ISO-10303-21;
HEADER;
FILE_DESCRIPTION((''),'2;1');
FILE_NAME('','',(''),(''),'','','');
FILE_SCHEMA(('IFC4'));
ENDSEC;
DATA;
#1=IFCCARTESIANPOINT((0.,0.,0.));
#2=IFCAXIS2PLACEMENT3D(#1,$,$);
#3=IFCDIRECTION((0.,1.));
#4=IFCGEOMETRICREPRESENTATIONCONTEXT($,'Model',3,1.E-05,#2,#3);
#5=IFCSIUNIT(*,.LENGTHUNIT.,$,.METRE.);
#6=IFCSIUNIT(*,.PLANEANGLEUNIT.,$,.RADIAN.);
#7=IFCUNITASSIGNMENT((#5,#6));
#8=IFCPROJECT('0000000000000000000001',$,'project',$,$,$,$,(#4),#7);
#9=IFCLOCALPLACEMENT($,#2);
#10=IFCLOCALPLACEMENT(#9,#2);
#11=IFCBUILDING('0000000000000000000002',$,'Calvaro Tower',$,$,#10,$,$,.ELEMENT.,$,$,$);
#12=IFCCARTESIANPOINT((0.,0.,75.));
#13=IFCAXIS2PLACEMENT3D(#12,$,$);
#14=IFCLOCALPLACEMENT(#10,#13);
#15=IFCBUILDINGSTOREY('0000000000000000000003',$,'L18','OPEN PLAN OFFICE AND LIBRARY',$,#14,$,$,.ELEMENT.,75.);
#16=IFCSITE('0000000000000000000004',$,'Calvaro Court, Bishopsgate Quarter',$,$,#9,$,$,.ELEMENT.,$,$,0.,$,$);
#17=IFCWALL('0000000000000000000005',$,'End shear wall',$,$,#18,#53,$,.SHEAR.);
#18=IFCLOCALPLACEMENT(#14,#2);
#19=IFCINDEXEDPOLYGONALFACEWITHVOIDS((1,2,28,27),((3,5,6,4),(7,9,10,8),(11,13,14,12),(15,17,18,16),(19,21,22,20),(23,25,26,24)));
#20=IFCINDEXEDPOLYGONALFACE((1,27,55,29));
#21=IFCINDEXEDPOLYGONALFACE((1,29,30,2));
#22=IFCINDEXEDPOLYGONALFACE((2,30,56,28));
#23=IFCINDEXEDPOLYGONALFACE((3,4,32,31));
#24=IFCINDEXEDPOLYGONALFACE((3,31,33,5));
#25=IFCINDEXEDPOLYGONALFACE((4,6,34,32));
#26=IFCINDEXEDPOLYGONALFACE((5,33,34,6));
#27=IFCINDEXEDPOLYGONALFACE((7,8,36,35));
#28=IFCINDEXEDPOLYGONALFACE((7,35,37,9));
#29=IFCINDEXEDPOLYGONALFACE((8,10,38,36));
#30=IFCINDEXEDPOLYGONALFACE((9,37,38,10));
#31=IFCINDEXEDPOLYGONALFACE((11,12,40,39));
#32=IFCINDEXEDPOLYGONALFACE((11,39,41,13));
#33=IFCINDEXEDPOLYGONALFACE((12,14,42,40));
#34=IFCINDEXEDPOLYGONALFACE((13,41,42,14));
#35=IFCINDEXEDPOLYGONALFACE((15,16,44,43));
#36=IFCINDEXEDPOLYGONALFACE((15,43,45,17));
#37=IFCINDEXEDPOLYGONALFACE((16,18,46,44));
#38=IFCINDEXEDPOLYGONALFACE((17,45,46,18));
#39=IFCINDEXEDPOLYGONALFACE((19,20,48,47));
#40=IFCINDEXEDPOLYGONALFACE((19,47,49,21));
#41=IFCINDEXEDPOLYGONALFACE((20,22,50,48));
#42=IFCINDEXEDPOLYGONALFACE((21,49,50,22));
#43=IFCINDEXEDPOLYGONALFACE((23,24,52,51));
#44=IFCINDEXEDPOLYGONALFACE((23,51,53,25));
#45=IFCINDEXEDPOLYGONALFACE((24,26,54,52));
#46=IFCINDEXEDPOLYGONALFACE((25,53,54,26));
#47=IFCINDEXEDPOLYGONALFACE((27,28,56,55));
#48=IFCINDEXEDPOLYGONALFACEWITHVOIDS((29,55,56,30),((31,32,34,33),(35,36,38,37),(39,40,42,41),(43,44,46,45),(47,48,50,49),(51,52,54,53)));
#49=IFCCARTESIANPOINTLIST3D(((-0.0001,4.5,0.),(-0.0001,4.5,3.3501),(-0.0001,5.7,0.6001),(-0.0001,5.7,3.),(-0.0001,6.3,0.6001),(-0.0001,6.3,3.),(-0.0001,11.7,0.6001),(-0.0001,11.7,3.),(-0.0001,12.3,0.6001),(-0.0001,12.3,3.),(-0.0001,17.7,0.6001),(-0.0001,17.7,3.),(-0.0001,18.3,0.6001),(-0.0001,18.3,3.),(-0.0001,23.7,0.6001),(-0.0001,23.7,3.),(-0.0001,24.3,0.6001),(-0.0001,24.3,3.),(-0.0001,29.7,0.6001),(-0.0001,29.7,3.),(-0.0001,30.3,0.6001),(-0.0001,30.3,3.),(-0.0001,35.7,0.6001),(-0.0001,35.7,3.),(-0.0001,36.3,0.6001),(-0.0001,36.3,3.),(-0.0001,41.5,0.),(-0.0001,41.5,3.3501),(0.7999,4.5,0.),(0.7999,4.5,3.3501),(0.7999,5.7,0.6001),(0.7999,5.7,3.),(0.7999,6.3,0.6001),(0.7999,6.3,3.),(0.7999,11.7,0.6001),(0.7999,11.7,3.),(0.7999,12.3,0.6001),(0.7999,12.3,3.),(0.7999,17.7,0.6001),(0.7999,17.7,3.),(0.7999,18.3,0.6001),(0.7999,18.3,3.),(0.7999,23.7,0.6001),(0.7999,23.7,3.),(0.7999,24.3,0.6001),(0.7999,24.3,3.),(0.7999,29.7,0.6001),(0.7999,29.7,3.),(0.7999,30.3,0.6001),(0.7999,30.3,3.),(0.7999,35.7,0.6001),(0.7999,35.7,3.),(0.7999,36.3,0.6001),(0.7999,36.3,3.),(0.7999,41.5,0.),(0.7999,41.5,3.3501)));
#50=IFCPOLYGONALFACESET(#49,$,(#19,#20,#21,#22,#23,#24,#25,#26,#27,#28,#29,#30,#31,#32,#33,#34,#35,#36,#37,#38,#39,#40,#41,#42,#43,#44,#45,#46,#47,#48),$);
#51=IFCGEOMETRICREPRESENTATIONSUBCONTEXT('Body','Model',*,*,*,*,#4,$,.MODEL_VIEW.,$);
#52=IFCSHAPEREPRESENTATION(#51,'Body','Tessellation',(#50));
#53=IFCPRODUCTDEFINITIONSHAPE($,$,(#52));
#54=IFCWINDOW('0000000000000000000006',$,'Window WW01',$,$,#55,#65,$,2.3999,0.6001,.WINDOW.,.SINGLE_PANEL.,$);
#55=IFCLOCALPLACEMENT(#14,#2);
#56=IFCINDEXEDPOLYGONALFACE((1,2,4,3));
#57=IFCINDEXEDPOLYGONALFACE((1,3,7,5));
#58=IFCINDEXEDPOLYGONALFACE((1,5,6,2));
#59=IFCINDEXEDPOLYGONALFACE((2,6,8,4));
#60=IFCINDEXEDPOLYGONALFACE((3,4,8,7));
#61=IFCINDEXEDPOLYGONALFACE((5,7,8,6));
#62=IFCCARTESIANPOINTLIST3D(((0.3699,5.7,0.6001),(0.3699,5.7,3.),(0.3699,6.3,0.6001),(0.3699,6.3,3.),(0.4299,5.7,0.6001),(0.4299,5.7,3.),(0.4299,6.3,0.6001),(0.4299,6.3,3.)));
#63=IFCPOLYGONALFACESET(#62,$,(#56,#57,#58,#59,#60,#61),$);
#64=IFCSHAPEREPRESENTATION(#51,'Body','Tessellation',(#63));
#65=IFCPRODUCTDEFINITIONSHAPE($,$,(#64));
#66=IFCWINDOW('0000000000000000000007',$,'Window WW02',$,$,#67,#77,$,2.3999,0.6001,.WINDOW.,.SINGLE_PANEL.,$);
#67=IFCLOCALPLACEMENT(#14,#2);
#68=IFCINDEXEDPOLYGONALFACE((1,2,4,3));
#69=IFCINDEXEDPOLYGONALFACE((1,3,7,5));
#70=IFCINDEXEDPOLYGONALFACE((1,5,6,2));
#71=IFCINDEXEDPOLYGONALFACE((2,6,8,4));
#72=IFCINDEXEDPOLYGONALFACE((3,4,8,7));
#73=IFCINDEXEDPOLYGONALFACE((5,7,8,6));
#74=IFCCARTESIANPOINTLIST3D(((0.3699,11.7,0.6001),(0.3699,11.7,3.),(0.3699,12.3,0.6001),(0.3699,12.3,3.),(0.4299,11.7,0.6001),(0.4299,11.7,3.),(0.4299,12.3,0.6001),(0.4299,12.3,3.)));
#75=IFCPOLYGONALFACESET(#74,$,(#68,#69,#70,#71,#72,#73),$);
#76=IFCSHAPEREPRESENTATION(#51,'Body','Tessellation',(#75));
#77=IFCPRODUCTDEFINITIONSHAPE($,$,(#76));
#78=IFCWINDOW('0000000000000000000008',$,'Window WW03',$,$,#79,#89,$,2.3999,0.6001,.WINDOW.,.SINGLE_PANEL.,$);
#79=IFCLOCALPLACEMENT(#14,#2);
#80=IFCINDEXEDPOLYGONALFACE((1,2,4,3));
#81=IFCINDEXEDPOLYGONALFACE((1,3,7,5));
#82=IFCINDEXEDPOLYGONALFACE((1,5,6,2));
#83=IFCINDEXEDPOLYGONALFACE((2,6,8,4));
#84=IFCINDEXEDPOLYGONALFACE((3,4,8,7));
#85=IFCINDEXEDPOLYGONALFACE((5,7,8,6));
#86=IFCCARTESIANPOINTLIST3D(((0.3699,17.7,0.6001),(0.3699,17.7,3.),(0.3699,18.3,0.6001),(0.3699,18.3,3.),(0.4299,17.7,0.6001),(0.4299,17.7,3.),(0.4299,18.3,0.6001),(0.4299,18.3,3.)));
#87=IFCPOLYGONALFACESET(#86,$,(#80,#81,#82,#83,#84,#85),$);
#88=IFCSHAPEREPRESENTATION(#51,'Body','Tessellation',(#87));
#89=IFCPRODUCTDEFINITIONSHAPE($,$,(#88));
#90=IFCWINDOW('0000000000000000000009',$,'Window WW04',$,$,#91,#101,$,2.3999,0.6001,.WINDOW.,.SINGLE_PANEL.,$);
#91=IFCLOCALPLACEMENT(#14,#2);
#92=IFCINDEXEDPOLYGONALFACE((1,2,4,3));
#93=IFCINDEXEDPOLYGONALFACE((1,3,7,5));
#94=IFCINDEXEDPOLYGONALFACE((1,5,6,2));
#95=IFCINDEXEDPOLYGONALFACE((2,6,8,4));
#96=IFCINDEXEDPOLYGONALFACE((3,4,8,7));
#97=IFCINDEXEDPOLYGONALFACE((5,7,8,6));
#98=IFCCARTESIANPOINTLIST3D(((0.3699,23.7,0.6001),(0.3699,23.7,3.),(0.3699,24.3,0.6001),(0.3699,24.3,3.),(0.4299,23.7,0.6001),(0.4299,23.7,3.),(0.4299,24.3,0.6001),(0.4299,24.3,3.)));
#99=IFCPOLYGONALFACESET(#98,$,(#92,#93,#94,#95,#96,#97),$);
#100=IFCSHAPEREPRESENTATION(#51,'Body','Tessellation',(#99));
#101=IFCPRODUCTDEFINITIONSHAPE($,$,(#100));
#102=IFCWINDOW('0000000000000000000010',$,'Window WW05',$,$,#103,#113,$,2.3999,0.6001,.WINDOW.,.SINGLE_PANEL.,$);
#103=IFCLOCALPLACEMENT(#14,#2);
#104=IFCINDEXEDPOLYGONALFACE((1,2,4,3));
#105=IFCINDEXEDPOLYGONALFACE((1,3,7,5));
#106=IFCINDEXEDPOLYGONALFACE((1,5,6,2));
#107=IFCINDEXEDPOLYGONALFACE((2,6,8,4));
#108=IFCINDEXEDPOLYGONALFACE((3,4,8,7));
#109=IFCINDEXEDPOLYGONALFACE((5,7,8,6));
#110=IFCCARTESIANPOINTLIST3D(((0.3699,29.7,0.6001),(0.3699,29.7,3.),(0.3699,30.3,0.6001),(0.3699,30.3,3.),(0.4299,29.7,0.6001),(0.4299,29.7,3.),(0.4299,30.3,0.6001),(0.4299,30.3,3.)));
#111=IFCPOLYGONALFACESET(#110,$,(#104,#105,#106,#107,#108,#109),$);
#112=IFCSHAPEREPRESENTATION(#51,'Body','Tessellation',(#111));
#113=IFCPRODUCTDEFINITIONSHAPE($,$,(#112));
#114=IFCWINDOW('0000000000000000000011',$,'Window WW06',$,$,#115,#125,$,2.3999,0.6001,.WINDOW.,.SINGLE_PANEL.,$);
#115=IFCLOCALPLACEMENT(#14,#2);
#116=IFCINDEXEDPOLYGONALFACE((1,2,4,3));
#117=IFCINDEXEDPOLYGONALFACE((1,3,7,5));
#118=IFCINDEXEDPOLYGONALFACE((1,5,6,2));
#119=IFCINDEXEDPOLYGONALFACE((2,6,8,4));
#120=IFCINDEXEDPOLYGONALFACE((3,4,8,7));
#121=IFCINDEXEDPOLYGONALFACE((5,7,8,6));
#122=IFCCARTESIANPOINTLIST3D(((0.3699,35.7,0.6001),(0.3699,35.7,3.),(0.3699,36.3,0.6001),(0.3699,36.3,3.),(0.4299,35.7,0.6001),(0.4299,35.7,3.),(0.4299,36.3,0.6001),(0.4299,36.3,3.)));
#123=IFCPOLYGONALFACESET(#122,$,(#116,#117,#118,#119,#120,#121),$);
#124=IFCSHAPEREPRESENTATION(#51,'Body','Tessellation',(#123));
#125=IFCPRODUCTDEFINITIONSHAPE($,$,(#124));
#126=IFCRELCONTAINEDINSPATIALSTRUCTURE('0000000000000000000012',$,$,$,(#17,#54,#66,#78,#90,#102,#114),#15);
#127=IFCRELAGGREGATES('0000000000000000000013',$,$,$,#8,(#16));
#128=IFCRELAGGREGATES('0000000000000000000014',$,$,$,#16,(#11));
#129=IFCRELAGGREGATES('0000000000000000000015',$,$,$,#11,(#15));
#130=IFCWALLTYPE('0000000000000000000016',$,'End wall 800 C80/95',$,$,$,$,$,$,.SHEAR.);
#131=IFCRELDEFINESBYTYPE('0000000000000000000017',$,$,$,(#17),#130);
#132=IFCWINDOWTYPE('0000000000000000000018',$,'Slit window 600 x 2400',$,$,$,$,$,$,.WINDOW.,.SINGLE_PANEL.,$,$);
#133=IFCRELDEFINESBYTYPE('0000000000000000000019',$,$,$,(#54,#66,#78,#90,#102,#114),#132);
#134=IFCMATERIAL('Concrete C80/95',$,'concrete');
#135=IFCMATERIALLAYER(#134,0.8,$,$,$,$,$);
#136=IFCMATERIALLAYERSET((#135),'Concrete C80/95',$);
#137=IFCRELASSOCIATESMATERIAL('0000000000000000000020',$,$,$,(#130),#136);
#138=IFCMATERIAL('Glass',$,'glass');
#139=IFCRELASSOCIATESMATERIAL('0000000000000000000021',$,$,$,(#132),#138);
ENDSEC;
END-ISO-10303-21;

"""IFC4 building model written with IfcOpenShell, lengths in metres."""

from ifc_helpers import new_model, si_unit, direction, frame, frame_2d, origin, place, context, subcontext, project, spatial, rectangle, extrude, material, layer, layer_set, type_object, element, fill, save


model = new_model("IFC4")

# Units and contexts
model_context = context("Model", 3, precision=1e-05, world=origin(), true_north=direction((0.0, 1.0)))
body_context = subcontext(model_context, "Body", "Model", "MODEL_VIEW")
ifc_project = project(units=[si_unit("LENGTHUNIT", "METRE"), si_unit("PLANEANGLEUNIT", "RADIAN")], contexts=[model_context])

# Site, building, storey
site_placement = place(None, origin())
site = spatial("IfcSite", under=ifc_project, at=site_placement, Name="Calvaro Court, Bishopsgate Quarter", CompositionType="ELEMENT", RefElevation=0.0)
building_placement = place(site_placement, origin())
building = spatial("IfcBuilding", under=site, at=building_placement, Name="Calvaro Tower", CompositionType="ELEMENT")
storey_placement = place(building_placement, frame((0.0, 0.0, 75.0)))
storey = spatial("IfcBuildingStorey", under=building, at=storey_placement, Name="L18", Description="OPEN PLAN OFFICE AND LIBRARY", CompositionType="ELEMENT", Elevation=75.0)

# Wall, openings, windows
ifc_material_1 = material(Name="Concrete C80/95", Category="concrete")
ifc_layer_1 = layer(ifc_material_1, 0.8)
ifc_layer_set_1 = layer_set([ifc_layer_1], Name="Concrete C80/95")
wall_type_1 = type_object("IfcWallType", Name="End wall 800 C80/95", PredefinedType="SHEAR", material=ifc_layer_set_1)
wall_1_placement = place(storey_placement, frame((0.3999, 4.5, 0.0), z_axis=(0.0, 0.0, 1.0), x_axis=(0.0, 1.0, 0.0)))
wall_1 = element("IfcWall", 1, at=wall_1_placement, inside=storey, type_object=wall_type_1, Name="End shear wall", PredefinedType="SHEAR", context=body_context, shape_type="SweptSolid", body=[
    extrude(rectangle(XDim=37.0, YDim=0.8, at=frame_2d((18.5, 0.0))), origin(), (0.0, 0.0, 1.0), 3.3501),
])
opening_1_placement = place(wall_1_placement, frame((1.2, 0.0, 0.6001)))
opening_1 = element("IfcOpeningElement", 2, at=opening_1_placement, cuts=wall_1, PredefinedType="OPENING", context=body_context, shape_type="SweptSolid", body=[
    extrude(rectangle(XDim=0.6001, YDim=2.3999, at=frame_2d((0.3, 1.2))), frame((0.0, 0.4099, 0.0), z_axis=(0.0, -1.0, 0.0), x_axis=(1.0, 0.0, 0.0)), (0.0, 0.0, 1.0), 0.8201),
])
opening_2_placement = place(wall_1_placement, frame((7.2, 0.0, 0.6001)))
opening_2 = element("IfcOpeningElement", 3, at=opening_2_placement, cuts=wall_1, PredefinedType="OPENING", context=body_context, shape_type="SweptSolid", body=[
    extrude(rectangle(XDim=0.6001, YDim=2.3999, at=frame_2d((0.3, 1.2))), frame((0.0, 0.4099, 0.0), z_axis=(0.0, -1.0, 0.0), x_axis=(1.0, 0.0, 0.0)), (0.0, 0.0, 1.0), 0.8201),
])
opening_3_placement = place(wall_1_placement, frame((13.2, 0.0, 0.6001)))
opening_3 = element("IfcOpeningElement", 4, at=opening_3_placement, cuts=wall_1, PredefinedType="OPENING", context=body_context, shape_type="SweptSolid", body=[
    extrude(rectangle(XDim=0.6001, YDim=2.3999, at=frame_2d((0.3, 1.2))), frame((0.0, 0.4099, 0.0), z_axis=(0.0, -1.0, 0.0), x_axis=(1.0, 0.0, 0.0)), (0.0, 0.0, 1.0), 0.8201),
])
opening_4_placement = place(wall_1_placement, frame((19.2, 0.0, 0.6001)))
opening_4 = element("IfcOpeningElement", 5, at=opening_4_placement, cuts=wall_1, PredefinedType="OPENING", context=body_context, shape_type="SweptSolid", body=[
    extrude(rectangle(XDim=0.6001, YDim=2.3999, at=frame_2d((0.3, 1.2))), frame((0.0, 0.4099, 0.0), z_axis=(0.0, -1.0, 0.0), x_axis=(1.0, 0.0, 0.0)), (0.0, 0.0, 1.0), 0.8201),
])
opening_5_placement = place(wall_1_placement, frame((25.2, 0.0, 0.6001)))
opening_5 = element("IfcOpeningElement", 6, at=opening_5_placement, cuts=wall_1, PredefinedType="OPENING", context=body_context, shape_type="SweptSolid", body=[
    extrude(rectangle(XDim=0.6001, YDim=2.3999, at=frame_2d((0.3, 1.2))), frame((0.0, 0.4099, 0.0), z_axis=(0.0, -1.0, 0.0), x_axis=(1.0, 0.0, 0.0)), (0.0, 0.0, 1.0), 0.8201),
])
opening_6_placement = place(wall_1_placement, frame((31.2, 0.0, 0.6001)))
opening_6 = element("IfcOpeningElement", 7, at=opening_6_placement, cuts=wall_1, PredefinedType="OPENING", context=body_context, shape_type="SweptSolid", body=[
    extrude(rectangle(XDim=0.6001, YDim=2.3999, at=frame_2d((0.3, 1.2))), frame((0.0, 0.4099, 0.0), z_axis=(0.0, -1.0, 0.0), x_axis=(1.0, 0.0, 0.0)), (0.0, 0.0, 1.0), 0.8201),
])
ifc_material_2 = material(Name="Glass", Category="glass")
window_type = type_object("IfcWindowType", Name="Slit window 600 x 2400", PartitioningType="SINGLE_PANEL", PredefinedType="WINDOW", material=ifc_material_2)
window_1_placement = place(opening_1_placement, origin())
window_1 = element("IfcWindow", 8, at=window_1_placement, inside=storey, type_object=window_type, Name="Window WW01", OverallHeight=2.3999, OverallWidth=0.6001, PartitioningType="SINGLE_PANEL", PredefinedType="WINDOW", context=body_context, shape_type="SweptSolid", body=[
    extrude(rectangle(XDim=0.6001, YDim=2.3999, at=frame_2d((0.3, 1.2))), frame((0.0, 0.03, 0.0), z_axis=(0.0, -1.0, 0.0), x_axis=(1.0, 0.0, 0.0)), (0.0, 0.0, 1.0), 0.0601),
])
fill(opening_1, window_1)
window_2_placement = place(opening_2_placement, origin())
window_2 = element("IfcWindow", 9, at=window_2_placement, inside=storey, type_object=window_type, Name="Window WW02", OverallHeight=2.3999, OverallWidth=0.6001, PartitioningType="SINGLE_PANEL", PredefinedType="WINDOW", context=body_context, shape_type="SweptSolid", body=[
    extrude(rectangle(XDim=0.6001, YDim=2.3999, at=frame_2d((0.3, 1.2))), frame((0.0, 0.03, 0.0), z_axis=(0.0, -1.0, 0.0), x_axis=(1.0, 0.0, 0.0)), (0.0, 0.0, 1.0), 0.0601),
])
fill(opening_2, window_2)
window_3_placement = place(opening_3_placement, origin())
window_3 = element("IfcWindow", 10, at=window_3_placement, inside=storey, type_object=window_type, Name="Window WW03", OverallHeight=2.3999, OverallWidth=0.6001, PartitioningType="SINGLE_PANEL", PredefinedType="WINDOW", context=body_context, shape_type="SweptSolid", body=[
    extrude(rectangle(XDim=0.6001, YDim=2.3999, at=frame_2d((0.3, 1.2))), frame((0.0, 0.03, 0.0), z_axis=(0.0, -1.0, 0.0), x_axis=(1.0, 0.0, 0.0)), (0.0, 0.0, 1.0), 0.0601),
])
fill(opening_3, window_3)
window_4_placement = place(opening_4_placement, origin())
window_4 = element("IfcWindow", 11, at=window_4_placement, inside=storey, type_object=window_type, Name="Window WW04", OverallHeight=2.3999, OverallWidth=0.6001, PartitioningType="SINGLE_PANEL", PredefinedType="WINDOW", context=body_context, shape_type="SweptSolid", body=[
    extrude(rectangle(XDim=0.6001, YDim=2.3999, at=frame_2d((0.3, 1.2))), frame((0.0, 0.03, 0.0), z_axis=(0.0, -1.0, 0.0), x_axis=(1.0, 0.0, 0.0)), (0.0, 0.0, 1.0), 0.0601),
])
fill(opening_4, window_4)
window_5_placement = place(opening_5_placement, origin())
window_5 = element("IfcWindow", 12, at=window_5_placement, inside=storey, type_object=window_type, Name="Window WW05", OverallHeight=2.3999, OverallWidth=0.6001, PartitioningType="SINGLE_PANEL", PredefinedType="WINDOW", context=body_context, shape_type="SweptSolid", body=[
    extrude(rectangle(XDim=0.6001, YDim=2.3999, at=frame_2d((0.3, 1.2))), frame((0.0, 0.03, 0.0), z_axis=(0.0, -1.0, 0.0), x_axis=(1.0, 0.0, 0.0)), (0.0, 0.0, 1.0), 0.0601),
])
fill(opening_5, window_5)
window_6_placement = place(opening_6_placement, origin())
window_6 = element("IfcWindow", 13, at=window_6_placement, inside=storey, type_object=window_type, Name="Window WW06", OverallHeight=2.3999, OverallWidth=0.6001, PartitioningType="SINGLE_PANEL", PredefinedType="WINDOW", context=body_context, shape_type="SweptSolid", body=[
    extrude(rectangle(XDim=0.6001, YDim=2.3999, at=frame_2d((0.3, 1.2))), frame((0.0, 0.03, 0.0), z_axis=(0.0, -1.0, 0.0), x_axis=(1.0, 0.0, 0.0)), (0.0, 0.0, 1.0), 0.0601),
])
fill(opening_6, window_6)

save(model, "model.ifc")
